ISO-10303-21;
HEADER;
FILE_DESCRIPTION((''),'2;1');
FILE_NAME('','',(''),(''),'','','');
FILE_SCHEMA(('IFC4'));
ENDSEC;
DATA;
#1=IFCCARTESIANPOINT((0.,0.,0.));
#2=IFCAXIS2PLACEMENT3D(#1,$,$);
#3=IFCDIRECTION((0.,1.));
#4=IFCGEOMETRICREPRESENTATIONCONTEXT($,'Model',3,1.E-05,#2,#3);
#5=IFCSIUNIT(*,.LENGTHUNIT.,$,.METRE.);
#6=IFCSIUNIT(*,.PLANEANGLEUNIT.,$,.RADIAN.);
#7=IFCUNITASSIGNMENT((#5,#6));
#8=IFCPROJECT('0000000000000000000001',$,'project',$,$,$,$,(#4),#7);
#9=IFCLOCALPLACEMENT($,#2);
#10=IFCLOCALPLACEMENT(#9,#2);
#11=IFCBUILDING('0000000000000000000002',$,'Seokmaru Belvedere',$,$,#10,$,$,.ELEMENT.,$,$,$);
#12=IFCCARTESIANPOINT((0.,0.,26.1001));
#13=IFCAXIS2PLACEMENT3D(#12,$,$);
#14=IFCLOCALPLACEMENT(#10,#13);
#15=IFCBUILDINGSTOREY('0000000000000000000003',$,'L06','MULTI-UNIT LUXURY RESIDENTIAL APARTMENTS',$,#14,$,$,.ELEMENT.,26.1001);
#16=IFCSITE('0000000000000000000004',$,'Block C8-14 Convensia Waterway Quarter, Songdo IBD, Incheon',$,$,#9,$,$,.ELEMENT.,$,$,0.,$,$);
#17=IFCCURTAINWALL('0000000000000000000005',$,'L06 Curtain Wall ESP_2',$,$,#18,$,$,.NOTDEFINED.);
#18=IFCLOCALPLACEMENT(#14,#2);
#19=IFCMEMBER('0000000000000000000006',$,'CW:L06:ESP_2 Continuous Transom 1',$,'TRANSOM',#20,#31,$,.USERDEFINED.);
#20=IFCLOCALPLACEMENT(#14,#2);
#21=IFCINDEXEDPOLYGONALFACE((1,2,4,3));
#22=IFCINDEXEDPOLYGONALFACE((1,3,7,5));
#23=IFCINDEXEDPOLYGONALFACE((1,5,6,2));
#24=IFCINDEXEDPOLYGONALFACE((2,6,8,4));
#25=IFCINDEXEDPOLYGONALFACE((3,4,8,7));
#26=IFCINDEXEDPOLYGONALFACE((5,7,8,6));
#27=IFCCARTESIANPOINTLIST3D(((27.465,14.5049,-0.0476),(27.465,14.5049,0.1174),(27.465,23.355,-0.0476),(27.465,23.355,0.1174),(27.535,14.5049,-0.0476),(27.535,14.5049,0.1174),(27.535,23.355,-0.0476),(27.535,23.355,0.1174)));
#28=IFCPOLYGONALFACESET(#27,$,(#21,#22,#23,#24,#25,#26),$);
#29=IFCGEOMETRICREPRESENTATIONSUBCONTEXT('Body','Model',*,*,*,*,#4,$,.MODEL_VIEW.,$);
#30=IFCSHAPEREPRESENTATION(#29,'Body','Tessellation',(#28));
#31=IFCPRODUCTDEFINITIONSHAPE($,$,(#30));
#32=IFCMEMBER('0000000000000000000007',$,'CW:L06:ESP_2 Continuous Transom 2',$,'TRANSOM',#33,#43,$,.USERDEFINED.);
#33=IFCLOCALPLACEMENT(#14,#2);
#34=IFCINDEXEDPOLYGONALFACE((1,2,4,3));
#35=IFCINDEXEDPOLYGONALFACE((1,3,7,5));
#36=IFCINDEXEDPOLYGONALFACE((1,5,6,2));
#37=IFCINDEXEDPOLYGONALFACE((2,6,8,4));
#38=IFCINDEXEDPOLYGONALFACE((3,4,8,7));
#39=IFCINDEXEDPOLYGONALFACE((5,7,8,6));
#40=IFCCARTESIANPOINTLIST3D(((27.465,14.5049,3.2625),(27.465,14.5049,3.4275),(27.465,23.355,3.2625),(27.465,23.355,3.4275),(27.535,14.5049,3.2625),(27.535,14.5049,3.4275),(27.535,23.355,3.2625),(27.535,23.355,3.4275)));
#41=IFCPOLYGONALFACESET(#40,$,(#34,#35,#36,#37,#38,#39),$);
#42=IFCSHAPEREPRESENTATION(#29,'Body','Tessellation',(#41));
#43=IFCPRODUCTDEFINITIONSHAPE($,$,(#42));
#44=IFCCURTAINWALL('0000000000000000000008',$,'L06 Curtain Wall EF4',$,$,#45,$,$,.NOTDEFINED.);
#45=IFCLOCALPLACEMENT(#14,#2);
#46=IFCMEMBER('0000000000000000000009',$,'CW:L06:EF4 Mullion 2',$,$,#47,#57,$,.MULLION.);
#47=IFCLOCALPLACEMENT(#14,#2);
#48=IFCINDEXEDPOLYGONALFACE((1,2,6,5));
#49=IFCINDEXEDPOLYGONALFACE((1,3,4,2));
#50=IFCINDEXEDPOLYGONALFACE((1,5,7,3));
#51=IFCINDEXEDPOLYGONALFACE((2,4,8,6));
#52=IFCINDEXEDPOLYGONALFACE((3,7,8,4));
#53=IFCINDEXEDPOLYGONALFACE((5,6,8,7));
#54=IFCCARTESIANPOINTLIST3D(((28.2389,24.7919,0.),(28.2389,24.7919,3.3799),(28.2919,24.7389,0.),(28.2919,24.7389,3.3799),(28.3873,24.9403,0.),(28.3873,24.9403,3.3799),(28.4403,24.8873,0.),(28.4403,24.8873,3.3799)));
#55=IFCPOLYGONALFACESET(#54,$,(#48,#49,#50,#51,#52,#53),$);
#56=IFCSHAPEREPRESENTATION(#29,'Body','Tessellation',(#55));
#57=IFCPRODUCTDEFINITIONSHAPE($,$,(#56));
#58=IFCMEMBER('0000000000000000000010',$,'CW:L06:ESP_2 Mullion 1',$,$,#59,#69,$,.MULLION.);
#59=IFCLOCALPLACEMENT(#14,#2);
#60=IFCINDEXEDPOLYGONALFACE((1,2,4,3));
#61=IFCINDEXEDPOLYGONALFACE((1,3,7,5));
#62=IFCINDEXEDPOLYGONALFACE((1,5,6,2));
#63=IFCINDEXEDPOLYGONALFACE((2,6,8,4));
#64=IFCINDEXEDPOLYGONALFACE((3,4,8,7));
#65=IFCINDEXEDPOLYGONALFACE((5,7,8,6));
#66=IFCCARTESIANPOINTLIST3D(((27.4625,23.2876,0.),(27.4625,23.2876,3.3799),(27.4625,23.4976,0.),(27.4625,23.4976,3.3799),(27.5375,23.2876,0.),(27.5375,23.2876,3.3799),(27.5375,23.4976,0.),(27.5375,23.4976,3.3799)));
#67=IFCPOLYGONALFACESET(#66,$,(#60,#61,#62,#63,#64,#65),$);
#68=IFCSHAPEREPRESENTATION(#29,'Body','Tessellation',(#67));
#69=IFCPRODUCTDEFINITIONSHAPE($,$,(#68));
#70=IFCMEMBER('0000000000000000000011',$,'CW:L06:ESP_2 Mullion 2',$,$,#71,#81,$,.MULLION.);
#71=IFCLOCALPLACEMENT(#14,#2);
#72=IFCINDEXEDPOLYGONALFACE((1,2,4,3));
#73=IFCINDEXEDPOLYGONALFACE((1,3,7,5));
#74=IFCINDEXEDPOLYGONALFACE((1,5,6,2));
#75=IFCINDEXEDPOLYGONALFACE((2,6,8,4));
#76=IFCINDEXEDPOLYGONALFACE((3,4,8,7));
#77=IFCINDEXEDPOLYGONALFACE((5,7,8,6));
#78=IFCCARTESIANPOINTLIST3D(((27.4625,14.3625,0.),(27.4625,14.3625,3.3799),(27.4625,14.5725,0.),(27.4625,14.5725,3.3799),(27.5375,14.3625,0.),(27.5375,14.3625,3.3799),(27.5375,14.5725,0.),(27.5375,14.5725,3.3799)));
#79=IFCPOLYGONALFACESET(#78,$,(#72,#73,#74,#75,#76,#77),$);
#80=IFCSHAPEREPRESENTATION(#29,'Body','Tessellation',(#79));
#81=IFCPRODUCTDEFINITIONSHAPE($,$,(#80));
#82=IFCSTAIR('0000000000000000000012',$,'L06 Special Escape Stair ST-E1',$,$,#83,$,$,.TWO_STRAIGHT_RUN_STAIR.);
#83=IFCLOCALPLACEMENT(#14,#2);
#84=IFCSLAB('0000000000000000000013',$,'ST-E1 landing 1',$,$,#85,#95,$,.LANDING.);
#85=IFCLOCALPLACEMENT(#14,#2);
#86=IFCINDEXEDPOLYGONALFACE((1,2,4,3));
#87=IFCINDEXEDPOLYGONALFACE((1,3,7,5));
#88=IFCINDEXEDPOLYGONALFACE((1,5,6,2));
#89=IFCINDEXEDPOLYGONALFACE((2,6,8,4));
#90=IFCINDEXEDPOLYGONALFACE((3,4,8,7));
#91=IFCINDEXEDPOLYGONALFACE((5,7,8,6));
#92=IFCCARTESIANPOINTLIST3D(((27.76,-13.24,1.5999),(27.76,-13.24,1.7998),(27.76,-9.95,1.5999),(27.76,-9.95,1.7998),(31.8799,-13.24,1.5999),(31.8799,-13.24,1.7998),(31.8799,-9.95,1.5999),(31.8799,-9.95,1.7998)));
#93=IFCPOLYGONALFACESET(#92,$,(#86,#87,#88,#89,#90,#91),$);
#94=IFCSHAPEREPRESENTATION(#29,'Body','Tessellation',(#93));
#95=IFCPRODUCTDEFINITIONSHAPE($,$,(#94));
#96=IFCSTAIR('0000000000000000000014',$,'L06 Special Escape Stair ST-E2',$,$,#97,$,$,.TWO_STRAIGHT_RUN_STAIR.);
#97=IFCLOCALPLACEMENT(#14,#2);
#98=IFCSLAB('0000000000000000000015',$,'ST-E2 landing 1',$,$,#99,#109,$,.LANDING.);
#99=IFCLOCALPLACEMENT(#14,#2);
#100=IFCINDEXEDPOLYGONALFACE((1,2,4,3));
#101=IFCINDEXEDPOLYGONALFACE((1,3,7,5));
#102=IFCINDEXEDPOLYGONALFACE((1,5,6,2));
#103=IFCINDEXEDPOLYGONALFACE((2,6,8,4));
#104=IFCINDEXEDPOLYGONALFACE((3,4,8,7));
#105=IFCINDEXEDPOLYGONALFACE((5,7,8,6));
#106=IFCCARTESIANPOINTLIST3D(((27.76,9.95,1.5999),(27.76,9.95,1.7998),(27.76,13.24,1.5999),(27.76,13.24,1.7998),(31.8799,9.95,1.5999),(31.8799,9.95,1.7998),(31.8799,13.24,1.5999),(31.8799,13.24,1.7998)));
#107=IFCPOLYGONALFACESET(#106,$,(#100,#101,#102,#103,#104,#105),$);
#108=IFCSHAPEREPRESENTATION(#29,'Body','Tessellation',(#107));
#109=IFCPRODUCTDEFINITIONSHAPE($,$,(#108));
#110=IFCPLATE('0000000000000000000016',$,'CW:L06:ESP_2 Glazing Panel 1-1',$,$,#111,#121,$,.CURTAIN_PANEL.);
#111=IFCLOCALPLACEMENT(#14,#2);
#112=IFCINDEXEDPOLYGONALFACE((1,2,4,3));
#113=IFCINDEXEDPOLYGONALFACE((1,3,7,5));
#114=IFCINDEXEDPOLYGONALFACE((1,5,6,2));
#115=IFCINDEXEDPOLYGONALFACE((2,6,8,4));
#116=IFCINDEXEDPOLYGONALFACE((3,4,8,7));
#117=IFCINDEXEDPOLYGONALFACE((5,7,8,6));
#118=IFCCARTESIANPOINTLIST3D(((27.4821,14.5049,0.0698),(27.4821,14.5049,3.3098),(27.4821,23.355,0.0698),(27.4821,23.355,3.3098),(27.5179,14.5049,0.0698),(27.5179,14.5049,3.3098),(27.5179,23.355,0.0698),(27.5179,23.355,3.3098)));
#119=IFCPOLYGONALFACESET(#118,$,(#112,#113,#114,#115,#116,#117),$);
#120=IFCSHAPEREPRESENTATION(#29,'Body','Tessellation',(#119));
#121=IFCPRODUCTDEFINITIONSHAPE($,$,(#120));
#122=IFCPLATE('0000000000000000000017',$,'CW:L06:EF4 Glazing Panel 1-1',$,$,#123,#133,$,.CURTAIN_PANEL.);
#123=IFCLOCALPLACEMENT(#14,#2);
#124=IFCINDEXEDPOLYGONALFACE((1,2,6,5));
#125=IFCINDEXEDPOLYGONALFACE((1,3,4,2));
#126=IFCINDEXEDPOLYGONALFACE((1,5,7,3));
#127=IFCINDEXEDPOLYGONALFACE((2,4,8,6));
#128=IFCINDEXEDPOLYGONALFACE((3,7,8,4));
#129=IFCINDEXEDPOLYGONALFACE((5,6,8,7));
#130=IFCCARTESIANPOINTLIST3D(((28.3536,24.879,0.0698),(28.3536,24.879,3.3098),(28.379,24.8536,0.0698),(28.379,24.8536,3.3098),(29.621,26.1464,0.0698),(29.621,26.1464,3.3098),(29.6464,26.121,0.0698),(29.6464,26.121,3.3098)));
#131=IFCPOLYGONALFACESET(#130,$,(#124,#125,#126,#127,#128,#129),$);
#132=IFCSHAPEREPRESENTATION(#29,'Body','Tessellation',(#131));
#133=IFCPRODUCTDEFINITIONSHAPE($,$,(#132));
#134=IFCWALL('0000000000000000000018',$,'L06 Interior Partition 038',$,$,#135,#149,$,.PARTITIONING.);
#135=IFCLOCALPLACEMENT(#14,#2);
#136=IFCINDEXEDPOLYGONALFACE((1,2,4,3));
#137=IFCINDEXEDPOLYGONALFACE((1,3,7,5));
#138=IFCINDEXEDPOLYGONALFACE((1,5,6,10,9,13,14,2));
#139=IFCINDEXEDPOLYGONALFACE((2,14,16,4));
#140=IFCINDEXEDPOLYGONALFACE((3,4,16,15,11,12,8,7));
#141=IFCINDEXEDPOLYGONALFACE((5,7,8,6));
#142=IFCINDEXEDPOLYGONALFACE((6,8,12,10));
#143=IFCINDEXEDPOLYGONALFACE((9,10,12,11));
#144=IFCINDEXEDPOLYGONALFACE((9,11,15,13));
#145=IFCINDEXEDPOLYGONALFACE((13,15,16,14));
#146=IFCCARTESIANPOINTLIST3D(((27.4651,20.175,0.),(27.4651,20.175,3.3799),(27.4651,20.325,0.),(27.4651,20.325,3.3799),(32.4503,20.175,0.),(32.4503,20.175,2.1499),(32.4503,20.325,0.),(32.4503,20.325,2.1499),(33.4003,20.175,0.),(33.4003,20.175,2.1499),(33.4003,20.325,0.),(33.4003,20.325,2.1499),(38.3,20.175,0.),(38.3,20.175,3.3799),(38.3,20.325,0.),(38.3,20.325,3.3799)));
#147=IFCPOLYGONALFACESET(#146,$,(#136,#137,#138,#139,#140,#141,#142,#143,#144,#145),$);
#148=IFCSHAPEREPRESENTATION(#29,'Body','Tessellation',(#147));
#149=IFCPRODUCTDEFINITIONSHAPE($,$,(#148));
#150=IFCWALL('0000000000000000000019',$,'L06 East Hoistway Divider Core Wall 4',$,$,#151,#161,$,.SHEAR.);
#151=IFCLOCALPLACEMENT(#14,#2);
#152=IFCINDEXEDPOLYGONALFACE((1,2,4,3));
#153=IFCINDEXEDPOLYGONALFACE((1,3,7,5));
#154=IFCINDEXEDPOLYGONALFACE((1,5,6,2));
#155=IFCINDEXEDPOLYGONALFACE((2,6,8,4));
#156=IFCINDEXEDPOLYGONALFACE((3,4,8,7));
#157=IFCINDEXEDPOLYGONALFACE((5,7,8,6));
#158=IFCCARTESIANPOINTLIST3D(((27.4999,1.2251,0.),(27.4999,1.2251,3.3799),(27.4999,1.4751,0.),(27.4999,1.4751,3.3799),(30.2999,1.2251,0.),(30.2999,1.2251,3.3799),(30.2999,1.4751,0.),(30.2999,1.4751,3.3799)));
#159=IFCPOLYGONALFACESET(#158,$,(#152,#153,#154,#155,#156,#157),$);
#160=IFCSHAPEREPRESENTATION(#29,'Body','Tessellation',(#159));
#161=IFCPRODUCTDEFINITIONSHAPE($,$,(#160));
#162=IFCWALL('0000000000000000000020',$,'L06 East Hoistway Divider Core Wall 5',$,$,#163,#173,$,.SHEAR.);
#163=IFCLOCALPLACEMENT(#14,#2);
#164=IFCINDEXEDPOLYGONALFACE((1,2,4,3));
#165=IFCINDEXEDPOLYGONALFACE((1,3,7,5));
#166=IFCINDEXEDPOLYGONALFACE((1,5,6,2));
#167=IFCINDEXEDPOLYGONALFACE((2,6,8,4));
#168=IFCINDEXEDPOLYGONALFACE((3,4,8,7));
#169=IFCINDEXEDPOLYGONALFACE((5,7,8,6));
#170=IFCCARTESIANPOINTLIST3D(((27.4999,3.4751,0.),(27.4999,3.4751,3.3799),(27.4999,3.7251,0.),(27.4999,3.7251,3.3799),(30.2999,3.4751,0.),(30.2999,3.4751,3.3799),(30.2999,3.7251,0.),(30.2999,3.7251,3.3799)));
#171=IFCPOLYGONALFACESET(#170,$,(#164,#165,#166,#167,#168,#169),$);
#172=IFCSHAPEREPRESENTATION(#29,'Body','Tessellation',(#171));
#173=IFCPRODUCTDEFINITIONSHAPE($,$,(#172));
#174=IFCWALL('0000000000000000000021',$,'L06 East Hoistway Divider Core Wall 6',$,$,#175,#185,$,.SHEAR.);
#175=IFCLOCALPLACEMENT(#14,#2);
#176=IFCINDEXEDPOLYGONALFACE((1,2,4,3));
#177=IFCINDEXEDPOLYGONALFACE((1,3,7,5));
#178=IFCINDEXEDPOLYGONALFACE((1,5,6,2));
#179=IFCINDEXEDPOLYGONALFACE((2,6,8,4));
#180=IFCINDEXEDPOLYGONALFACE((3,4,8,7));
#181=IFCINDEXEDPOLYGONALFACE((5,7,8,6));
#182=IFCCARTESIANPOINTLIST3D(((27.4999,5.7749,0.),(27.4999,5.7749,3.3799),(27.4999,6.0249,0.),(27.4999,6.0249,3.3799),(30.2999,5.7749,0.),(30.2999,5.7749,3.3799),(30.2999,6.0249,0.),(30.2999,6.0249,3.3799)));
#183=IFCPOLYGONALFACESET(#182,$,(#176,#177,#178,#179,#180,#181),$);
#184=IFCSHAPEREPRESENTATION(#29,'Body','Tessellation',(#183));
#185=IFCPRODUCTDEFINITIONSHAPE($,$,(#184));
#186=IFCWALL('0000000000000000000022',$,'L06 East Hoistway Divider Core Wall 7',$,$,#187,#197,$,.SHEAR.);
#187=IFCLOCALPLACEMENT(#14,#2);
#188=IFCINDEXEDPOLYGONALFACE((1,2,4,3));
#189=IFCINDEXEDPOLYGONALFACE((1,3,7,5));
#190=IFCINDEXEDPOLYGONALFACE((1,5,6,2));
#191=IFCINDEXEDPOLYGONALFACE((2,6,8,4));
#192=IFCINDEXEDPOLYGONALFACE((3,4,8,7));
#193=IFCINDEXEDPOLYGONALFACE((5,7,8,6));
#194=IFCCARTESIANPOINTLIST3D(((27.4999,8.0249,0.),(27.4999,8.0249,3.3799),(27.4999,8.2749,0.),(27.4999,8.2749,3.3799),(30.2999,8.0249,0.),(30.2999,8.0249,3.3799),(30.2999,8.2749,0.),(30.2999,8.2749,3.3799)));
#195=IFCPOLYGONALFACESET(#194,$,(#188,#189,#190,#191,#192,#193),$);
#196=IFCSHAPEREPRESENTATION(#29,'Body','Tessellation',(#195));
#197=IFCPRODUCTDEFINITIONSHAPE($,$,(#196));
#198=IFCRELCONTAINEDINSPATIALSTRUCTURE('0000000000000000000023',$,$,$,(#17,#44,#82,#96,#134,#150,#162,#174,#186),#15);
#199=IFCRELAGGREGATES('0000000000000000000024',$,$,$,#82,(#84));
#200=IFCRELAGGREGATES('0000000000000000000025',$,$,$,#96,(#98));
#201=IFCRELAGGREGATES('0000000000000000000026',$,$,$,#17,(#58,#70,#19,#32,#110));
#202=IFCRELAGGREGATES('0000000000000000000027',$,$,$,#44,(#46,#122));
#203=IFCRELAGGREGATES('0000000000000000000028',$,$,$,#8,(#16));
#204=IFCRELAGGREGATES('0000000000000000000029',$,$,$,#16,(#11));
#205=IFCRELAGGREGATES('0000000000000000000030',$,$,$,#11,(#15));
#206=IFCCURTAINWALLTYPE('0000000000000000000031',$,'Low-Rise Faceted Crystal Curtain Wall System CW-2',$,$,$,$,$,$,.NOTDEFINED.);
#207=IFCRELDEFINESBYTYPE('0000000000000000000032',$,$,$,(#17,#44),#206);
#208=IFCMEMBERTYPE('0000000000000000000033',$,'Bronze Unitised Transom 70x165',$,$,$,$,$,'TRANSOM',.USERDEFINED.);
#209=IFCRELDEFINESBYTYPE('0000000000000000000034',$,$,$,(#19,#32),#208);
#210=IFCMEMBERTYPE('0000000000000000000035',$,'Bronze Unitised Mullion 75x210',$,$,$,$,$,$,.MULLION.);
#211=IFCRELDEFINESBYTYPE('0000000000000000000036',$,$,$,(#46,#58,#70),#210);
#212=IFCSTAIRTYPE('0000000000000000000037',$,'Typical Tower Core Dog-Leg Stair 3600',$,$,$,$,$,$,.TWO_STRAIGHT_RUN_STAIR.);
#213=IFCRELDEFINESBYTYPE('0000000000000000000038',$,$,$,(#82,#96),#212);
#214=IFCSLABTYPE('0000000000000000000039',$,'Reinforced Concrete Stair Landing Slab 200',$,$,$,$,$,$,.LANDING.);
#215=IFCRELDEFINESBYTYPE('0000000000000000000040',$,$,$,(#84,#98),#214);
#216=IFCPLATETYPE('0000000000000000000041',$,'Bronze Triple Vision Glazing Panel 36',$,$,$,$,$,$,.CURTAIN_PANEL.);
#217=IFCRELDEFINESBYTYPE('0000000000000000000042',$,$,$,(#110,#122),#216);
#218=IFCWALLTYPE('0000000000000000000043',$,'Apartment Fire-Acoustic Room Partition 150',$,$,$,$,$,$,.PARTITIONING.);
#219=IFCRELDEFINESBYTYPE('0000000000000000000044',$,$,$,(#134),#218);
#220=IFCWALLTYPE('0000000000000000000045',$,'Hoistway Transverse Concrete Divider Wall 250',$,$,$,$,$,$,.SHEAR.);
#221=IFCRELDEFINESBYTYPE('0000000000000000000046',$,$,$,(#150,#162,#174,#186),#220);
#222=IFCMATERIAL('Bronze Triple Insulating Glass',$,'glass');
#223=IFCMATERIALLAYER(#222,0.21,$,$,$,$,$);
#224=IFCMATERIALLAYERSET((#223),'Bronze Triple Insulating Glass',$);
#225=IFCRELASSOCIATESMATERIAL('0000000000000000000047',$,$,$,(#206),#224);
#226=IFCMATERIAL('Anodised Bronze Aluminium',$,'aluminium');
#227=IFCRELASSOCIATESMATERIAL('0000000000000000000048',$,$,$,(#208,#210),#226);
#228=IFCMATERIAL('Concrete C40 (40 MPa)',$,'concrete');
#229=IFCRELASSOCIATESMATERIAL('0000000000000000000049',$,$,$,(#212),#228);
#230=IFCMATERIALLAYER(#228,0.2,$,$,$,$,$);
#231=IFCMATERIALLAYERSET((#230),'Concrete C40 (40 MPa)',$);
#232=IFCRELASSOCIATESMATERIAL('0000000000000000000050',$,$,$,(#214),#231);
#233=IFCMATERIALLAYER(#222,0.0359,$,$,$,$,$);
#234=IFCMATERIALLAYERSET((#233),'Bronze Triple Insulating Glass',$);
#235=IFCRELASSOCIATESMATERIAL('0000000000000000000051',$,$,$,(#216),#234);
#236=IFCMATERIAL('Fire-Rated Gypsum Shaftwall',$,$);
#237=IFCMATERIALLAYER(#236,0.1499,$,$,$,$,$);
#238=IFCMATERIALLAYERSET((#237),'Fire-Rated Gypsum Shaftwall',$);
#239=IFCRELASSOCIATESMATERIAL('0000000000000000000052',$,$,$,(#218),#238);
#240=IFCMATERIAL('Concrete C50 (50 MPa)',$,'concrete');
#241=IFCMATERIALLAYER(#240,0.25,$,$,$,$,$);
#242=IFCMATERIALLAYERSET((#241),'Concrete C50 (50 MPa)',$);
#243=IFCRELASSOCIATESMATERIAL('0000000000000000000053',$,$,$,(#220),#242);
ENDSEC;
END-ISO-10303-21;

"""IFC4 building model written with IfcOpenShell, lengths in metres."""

from ifc_helpers import new_model, si_unit, direction, frame, frame_2d, origin, origin_2d, place, context, subcontext, project, spatial, polyline, rectangle, outline, extrude, source, transform, mapped, material, layer, layer_set, material_profile, profile_set, type_object, type_shapes, element, aggregate, save


model = new_model("IFC4")

# Units and contexts
model_context = context("Model", 3, precision=1e-05, world=origin(), true_north=direction((0.0, 1.0)))
body_context = subcontext(model_context, "Body", "Model", "MODEL_VIEW")
ifc_project = project(units=[si_unit("LENGTHUNIT", "METRE"), si_unit("PLANEANGLEUNIT", "RADIAN")], contexts=[model_context])

# Site, building, storey
site_placement = place(None, origin())
site = spatial("IfcSite", under=ifc_project, at=site_placement, Name="Block C8-14 Convensia Waterway Quarter, Songdo IBD, Incheon", CompositionType="ELEMENT", RefElevation=0.0)
building_placement = place(site_placement, origin())
building = spatial("IfcBuilding", under=site, at=building_placement, Name="Seokmaru Belvedere", CompositionType="ELEMENT")
storey_placement = place(building_placement, frame((0.0, 0.0, 26.1001)))
storey = spatial("IfcBuildingStorey", under=building, at=storey_placement, Name="L06", Description="MULTI-UNIT LUXURY RESIDENTIAL APARTMENTS", CompositionType="ELEMENT", Elevation=26.1001)

# Curtain wall, members
ifc_material_1 = material(Name="Bronze Triple Insulating Glass", Category="glass")
ifc_layer_1 = layer(ifc_material_1, 0.21)
ifc_layer_set_1 = layer_set([ifc_layer_1], Name="Bronze Triple Insulating Glass")
curtain_wall_type = type_object("IfcCurtainWallType", Name="Low-Rise Faceted Crystal Curtain Wall System CW-2", PredefinedType="NOTDEFINED", material=ifc_layer_set_1)
curtain_wall_1_placement = place(storey_placement, origin())
curtain_wall_1 = element("IfcCurtainWall", 1, at=curtain_wall_1_placement, inside=storey, type_object=curtain_wall_type, Name="L06 Curtain Wall ESP_2", PredefinedType="NOTDEFINED")
ifc_material_2 = material(Name="Anodised Bronze Aluminium", Category="aluminium")
ifc_material_profile_1 = material_profile(ifc_material_2, rectangle(XDim=0.0701, YDim=0.165, at=origin_2d()), Name="CW-T-70x165")
ifc_profile_set_1 = profile_set([ifc_material_profile_1], Name="Anodised Bronze Aluminium")
member_type_1 = type_object("IfcMemberType", Name="Bronze Unitised Transom 70x165", ElementType="TRANSOM", PredefinedType="USERDEFINED", material=ifc_profile_set_1)
shared_shape_1 = source(origin(), body_context, "Body", "SweptSolid", [
    extrude(rectangle(XDim=0.0701, YDim=0.165, at=origin_2d()), origin(), (0.0, 0.0, 1.0), 8.8501),
])
type_shapes(member_type_1, [shared_shape_1])
member_1_placement = place(storey_placement, frame((27.5, 23.355, 0.0349), z_axis=(0.0, -1.0, 0.0), x_axis=(1.0, 0.0, 0.0)))
member_1 = element("IfcMember", 2, at=member_1_placement, type_object=member_type_1, Name="CW:L06:ESP_2 Continuous Transom 1", ObjectType="TRANSOM", PredefinedType="USERDEFINED", context=body_context, shape_type="MappedRepresentation", body=[
    mapped(shared_shape_1, transform((0.0, 0.0, 0.0), scale=1.0)),
])
member_2_placement = place(storey_placement, frame((27.5, 23.355, 3.345), z_axis=(0.0, -1.0, 0.0), x_axis=(1.0, 0.0, 0.0)))
member_2 = element("IfcMember", 3, at=member_2_placement, type_object=member_type_1, Name="CW:L06:ESP_2 Continuous Transom 2", ObjectType="TRANSOM", PredefinedType="USERDEFINED", context=body_context, shape_type="MappedRepresentation", body=[
    mapped(shared_shape_1, transform((0.0, 0.0, 0.0), scale=1.0)),
])

# Curtain wall, member
curtain_wall_2_placement = place(storey_placement, origin())
curtain_wall_2 = element("IfcCurtainWall", 4, at=curtain_wall_2_placement, inside=storey, type_object=curtain_wall_type, Name="L06 Curtain Wall EF4", PredefinedType="NOTDEFINED")
ifc_material_profile_2 = material_profile(ifc_material_2, rectangle(XDim=0.075, YDim=0.21, at=origin_2d()), Name="CW-M-75x210")
ifc_profile_set_2 = profile_set([ifc_material_profile_2], Name="Anodised Bronze Aluminium")
member_type_2 = type_object("IfcMemberType", Name="Bronze Unitised Mullion 75x210", PredefinedType="MULLION", material=ifc_profile_set_2)
shared_shape_2 = source(origin(), body_context, "Body", "SweptSolid", [
    extrude(rectangle(XDim=0.075, YDim=0.21, at=origin_2d()), origin(), (0.0, 0.0, 1.0), 3.3799),
])
type_shapes(member_type_2, [shared_shape_2])
member_3_placement = place(storey_placement, frame((28.3396, 24.8396, 0.0), z_axis=(0.0, 0.0, 1.0), x_axis=(0.707107, -0.707107, 0.0)))
member_3 = element("IfcMember", 5, at=member_3_placement, type_object=member_type_2, Name="CW:L06:EF4 Mullion 2", PredefinedType="MULLION", context=body_context, shape_type="MappedRepresentation", body=[
    mapped(shared_shape_2, transform((0.0, 0.0, 0.0), scale=1.0)),
])

# Members
member_4_placement = place(storey_placement, frame((27.5, 23.3926, 0.0), z_axis=(0.0, 0.0, 1.0), x_axis=(1.0, 0.0, 0.0)))
member_4 = element("IfcMember", 6, at=member_4_placement, type_object=member_type_2, Name="CW:L06:ESP_2 Mullion 1", PredefinedType="MULLION", context=body_context, shape_type="MappedRepresentation", body=[
    mapped(shared_shape_2, transform((0.0, 0.0, 0.0), scale=1.0)),
])
member_5_placement = place(storey_placement, frame((27.5, 14.4675, 0.0), z_axis=(0.0, 0.0, 1.0), x_axis=(1.0, 0.0, 0.0)))
member_5 = element("IfcMember", 7, at=member_5_placement, type_object=member_type_2, Name="CW:L06:ESP_2 Mullion 2", PredefinedType="MULLION", context=body_context, shape_type="MappedRepresentation", body=[
    mapped(shared_shape_2, transform((0.0, 0.0, 0.0), scale=1.0)),
])

# Stairs, slabs
ifc_material_3 = material(Name="Concrete C40 (40 MPa)", Category="concrete")
stair_type = type_object("IfcStairType", Name="Typical Tower Core Dog-Leg Stair 3600", PredefinedType="TWO_STRAIGHT_RUN_STAIR", material=ifc_material_3)
stair_1_placement = place(storey_placement, origin())
stair_1 = element("IfcStair", 8, at=stair_1_placement, inside=storey, type_object=stair_type, Name="L06 Special Escape Stair ST-E1", PredefinedType="TWO_STRAIGHT_RUN_STAIR")
ifc_layer_2 = layer(ifc_material_3, 0.2)
ifc_layer_set_2 = layer_set([ifc_layer_2], Name="Concrete C40 (40 MPa)")
slab_type = type_object("IfcSlabType", Name="Reinforced Concrete Stair Landing Slab 200", PredefinedType="LANDING", material=ifc_layer_set_2)
slab_1_placement = place(storey_placement, frame((0.0, 0.0, 1.5999)))
slab_1 = element("IfcSlab", 9, at=slab_1_placement, type_object=slab_type, Name="ST-E1 landing 1", PredefinedType="LANDING", context=body_context, shape_type="SweptSolid", body=[
    extrude(outline(polyline([(27.76, -13.24), (31.8799, -13.24), (31.8799, -9.95), (27.76, -9.95), (27.76, -13.24)])), origin(), (0.0, 0.0, 1.0), 0.2),
])
aggregate(stair_1, [slab_1])
stair_2_placement = place(storey_placement, origin())
stair_2 = element("IfcStair", 10, at=stair_2_placement, inside=storey, type_object=stair_type, Name="L06 Special Escape Stair ST-E2", PredefinedType="TWO_STRAIGHT_RUN_STAIR")
slab_2_placement = place(storey_placement, frame((0.0, 0.0, 1.5999)))
slab_2 = element("IfcSlab", 11, at=slab_2_placement, type_object=slab_type, Name="ST-E2 landing 1", PredefinedType="LANDING", context=body_context, shape_type="SweptSolid", body=[
    extrude(outline(polyline([(27.76, 9.95), (31.8799, 9.95), (31.8799, 13.24), (27.76, 13.24), (27.76, 9.95)])), origin(), (0.0, 0.0, 1.0), 0.2),
])
aggregate(stair_2, [slab_2])

# Plates
ifc_layer_3 = layer(ifc_material_1, 0.0359)
ifc_layer_set_3 = layer_set([ifc_layer_3], Name="Bronze Triple Insulating Glass")
plate_type = type_object("IfcPlateType", Name="Bronze Triple Vision Glazing Panel 36", PredefinedType="CURTAIN_PANEL", material=ifc_layer_set_3)
shared_shape_3 = source(origin(), body_context, "Body", "SweptSolid", [
    extrude(rectangle(XDim=8.8501, YDim=0.0359, at=origin_2d()), origin(), (0.0, 0.0, 1.0), 3.24),
])
plate_1_placement = place(storey_placement, frame((27.5, 18.9299, 0.0698), z_axis=(0.0, 0.0, 1.0), x_axis=(0.0, -1.0, 0.0)))
plate_1 = element("IfcPlate", 12, at=plate_1_placement, type_object=plate_type, Name="CW:L06:ESP_2 Glazing Panel 1-1", PredefinedType="CURTAIN_PANEL", context=body_context, shape_type="MappedRepresentation", body=[
    mapped(shared_shape_3, transform((0.0, 0.0, 0.0), scale=1.0)),
])
aggregate(curtain_wall_1, [member_4, member_5, member_1, member_2, plate_1])
shared_shape_4 = source(origin(), body_context, "Body", "SweptSolid", [
    extrude(rectangle(XDim=1.7925, YDim=0.0359, at=origin_2d()), origin(), (0.0, 0.0, 1.0), 3.24),
])
type_shapes(plate_type, [shared_shape_3, shared_shape_4])
plate_2_placement = place(storey_placement, frame((29.0, 25.5, 0.0698), z_axis=(0.0, 0.0, 1.0), x_axis=(-0.707107, -0.707107, 0.0)))
plate_2 = element("IfcPlate", 13, at=plate_2_placement, type_object=plate_type, Name="CW:L06:EF4 Glazing Panel 1-1", PredefinedType="CURTAIN_PANEL", context=body_context, shape_type="MappedRepresentation", body=[
    mapped(shared_shape_4, transform((0.0, 0.0, 0.0), scale=1.0)),
])
aggregate(curtain_wall_2, [member_3, plate_2])

# Wall, opening
ifc_material_4 = material(Name="Fire-Rated Gypsum Shaftwall")
ifc_layer_4 = layer(ifc_material_4, 0.1499)
ifc_layer_set_4 = layer_set([ifc_layer_4], Name="Fire-Rated Gypsum Shaftwall")
wall_type_1 = type_object("IfcWallType", Name="Apartment Fire-Acoustic Room Partition 150", PredefinedType="PARTITIONING", material=ifc_layer_set_4)
wall_1_placement = place(storey_placement, frame((27.4651, 20.25, 0.0), z_axis=(0.0, 0.0, 1.0), x_axis=(1.0, 0.0, 0.0)))
wall_1 = element("IfcWall", 14, at=wall_1_placement, inside=storey, type_object=wall_type_1, Name="L06 Interior Partition 038", PredefinedType="PARTITIONING", context=body_context, shape_type="SweptSolid", body=[
    extrude(rectangle(XDim=10.835, YDim=0.1499, at=frame_2d((5.4175, 0.0))), origin(), (0.0, 0.0, 1.0), 3.3799),
])
opening_1_placement = place(wall_1_placement, frame((4.9851, 0.0, 0.0)))
element("IfcOpeningElement", 15, at=opening_1_placement, cuts=wall_1, PredefinedType="OPENING", context=body_context, shape_type="SweptSolid", body=[
    extrude(rectangle(XDim=0.95, YDim=2.1499, at=frame_2d((0.4751, 1.075))), frame((0.0, 0.085, 0.0), z_axis=(0.0, -1.0, 0.0), x_axis=(1.0, 0.0, 0.0)), (0.0, 0.0, 1.0), 0.1699),
])

# Walls
ifc_material_5 = material(Name="Concrete C50 (50 MPa)", Category="concrete")
ifc_layer_5 = layer(ifc_material_5, 0.25)
ifc_layer_set_5 = layer_set([ifc_layer_5], Name="Concrete C50 (50 MPa)")
wall_type_2 = type_object("IfcWallType", Name="Hoistway Transverse Concrete Divider Wall 250", PredefinedType="SHEAR", material=ifc_layer_set_5)
for number, where, z_axis, x_axis, name in (
    (16, (27.5, 1.3501, 0.0), (0.0, 0.0, 1.0), (1.0, 0.0, 0.0), "L06 East Hoistway Divider Core Wall 4"),
    (17, (27.5, 3.6001, 0.0), (0.0, 0.0, 1.0), (1.0, 0.0, 0.0), "L06 East Hoistway Divider Core Wall 5"),
    (18, (27.5, 5.8999, 0.0), (0.0, 0.0, 1.0), (1.0, 0.0, 0.0), "L06 East Hoistway Divider Core Wall 6"),
    (19, (27.5, 8.1499, 0.0), (0.0, 0.0, 1.0), (1.0, 0.0, 0.0), "L06 East Hoistway Divider Core Wall 7"),
):
    element("IfcWall", number, at=place(storey_placement, frame(where, z_axis=z_axis, x_axis=x_axis)), inside=storey, type_object=wall_type_2, Name=name, PredefinedType="SHEAR", context=body_context, shape_type="SweptSolid", body=[
        extrude(rectangle(XDim=2.8, YDim=0.25, at=frame_2d((1.3999, 0.0))), origin(), (0.0, 0.0, 1.0), 3.3799),
    ])

save(model, "model.ifc")
